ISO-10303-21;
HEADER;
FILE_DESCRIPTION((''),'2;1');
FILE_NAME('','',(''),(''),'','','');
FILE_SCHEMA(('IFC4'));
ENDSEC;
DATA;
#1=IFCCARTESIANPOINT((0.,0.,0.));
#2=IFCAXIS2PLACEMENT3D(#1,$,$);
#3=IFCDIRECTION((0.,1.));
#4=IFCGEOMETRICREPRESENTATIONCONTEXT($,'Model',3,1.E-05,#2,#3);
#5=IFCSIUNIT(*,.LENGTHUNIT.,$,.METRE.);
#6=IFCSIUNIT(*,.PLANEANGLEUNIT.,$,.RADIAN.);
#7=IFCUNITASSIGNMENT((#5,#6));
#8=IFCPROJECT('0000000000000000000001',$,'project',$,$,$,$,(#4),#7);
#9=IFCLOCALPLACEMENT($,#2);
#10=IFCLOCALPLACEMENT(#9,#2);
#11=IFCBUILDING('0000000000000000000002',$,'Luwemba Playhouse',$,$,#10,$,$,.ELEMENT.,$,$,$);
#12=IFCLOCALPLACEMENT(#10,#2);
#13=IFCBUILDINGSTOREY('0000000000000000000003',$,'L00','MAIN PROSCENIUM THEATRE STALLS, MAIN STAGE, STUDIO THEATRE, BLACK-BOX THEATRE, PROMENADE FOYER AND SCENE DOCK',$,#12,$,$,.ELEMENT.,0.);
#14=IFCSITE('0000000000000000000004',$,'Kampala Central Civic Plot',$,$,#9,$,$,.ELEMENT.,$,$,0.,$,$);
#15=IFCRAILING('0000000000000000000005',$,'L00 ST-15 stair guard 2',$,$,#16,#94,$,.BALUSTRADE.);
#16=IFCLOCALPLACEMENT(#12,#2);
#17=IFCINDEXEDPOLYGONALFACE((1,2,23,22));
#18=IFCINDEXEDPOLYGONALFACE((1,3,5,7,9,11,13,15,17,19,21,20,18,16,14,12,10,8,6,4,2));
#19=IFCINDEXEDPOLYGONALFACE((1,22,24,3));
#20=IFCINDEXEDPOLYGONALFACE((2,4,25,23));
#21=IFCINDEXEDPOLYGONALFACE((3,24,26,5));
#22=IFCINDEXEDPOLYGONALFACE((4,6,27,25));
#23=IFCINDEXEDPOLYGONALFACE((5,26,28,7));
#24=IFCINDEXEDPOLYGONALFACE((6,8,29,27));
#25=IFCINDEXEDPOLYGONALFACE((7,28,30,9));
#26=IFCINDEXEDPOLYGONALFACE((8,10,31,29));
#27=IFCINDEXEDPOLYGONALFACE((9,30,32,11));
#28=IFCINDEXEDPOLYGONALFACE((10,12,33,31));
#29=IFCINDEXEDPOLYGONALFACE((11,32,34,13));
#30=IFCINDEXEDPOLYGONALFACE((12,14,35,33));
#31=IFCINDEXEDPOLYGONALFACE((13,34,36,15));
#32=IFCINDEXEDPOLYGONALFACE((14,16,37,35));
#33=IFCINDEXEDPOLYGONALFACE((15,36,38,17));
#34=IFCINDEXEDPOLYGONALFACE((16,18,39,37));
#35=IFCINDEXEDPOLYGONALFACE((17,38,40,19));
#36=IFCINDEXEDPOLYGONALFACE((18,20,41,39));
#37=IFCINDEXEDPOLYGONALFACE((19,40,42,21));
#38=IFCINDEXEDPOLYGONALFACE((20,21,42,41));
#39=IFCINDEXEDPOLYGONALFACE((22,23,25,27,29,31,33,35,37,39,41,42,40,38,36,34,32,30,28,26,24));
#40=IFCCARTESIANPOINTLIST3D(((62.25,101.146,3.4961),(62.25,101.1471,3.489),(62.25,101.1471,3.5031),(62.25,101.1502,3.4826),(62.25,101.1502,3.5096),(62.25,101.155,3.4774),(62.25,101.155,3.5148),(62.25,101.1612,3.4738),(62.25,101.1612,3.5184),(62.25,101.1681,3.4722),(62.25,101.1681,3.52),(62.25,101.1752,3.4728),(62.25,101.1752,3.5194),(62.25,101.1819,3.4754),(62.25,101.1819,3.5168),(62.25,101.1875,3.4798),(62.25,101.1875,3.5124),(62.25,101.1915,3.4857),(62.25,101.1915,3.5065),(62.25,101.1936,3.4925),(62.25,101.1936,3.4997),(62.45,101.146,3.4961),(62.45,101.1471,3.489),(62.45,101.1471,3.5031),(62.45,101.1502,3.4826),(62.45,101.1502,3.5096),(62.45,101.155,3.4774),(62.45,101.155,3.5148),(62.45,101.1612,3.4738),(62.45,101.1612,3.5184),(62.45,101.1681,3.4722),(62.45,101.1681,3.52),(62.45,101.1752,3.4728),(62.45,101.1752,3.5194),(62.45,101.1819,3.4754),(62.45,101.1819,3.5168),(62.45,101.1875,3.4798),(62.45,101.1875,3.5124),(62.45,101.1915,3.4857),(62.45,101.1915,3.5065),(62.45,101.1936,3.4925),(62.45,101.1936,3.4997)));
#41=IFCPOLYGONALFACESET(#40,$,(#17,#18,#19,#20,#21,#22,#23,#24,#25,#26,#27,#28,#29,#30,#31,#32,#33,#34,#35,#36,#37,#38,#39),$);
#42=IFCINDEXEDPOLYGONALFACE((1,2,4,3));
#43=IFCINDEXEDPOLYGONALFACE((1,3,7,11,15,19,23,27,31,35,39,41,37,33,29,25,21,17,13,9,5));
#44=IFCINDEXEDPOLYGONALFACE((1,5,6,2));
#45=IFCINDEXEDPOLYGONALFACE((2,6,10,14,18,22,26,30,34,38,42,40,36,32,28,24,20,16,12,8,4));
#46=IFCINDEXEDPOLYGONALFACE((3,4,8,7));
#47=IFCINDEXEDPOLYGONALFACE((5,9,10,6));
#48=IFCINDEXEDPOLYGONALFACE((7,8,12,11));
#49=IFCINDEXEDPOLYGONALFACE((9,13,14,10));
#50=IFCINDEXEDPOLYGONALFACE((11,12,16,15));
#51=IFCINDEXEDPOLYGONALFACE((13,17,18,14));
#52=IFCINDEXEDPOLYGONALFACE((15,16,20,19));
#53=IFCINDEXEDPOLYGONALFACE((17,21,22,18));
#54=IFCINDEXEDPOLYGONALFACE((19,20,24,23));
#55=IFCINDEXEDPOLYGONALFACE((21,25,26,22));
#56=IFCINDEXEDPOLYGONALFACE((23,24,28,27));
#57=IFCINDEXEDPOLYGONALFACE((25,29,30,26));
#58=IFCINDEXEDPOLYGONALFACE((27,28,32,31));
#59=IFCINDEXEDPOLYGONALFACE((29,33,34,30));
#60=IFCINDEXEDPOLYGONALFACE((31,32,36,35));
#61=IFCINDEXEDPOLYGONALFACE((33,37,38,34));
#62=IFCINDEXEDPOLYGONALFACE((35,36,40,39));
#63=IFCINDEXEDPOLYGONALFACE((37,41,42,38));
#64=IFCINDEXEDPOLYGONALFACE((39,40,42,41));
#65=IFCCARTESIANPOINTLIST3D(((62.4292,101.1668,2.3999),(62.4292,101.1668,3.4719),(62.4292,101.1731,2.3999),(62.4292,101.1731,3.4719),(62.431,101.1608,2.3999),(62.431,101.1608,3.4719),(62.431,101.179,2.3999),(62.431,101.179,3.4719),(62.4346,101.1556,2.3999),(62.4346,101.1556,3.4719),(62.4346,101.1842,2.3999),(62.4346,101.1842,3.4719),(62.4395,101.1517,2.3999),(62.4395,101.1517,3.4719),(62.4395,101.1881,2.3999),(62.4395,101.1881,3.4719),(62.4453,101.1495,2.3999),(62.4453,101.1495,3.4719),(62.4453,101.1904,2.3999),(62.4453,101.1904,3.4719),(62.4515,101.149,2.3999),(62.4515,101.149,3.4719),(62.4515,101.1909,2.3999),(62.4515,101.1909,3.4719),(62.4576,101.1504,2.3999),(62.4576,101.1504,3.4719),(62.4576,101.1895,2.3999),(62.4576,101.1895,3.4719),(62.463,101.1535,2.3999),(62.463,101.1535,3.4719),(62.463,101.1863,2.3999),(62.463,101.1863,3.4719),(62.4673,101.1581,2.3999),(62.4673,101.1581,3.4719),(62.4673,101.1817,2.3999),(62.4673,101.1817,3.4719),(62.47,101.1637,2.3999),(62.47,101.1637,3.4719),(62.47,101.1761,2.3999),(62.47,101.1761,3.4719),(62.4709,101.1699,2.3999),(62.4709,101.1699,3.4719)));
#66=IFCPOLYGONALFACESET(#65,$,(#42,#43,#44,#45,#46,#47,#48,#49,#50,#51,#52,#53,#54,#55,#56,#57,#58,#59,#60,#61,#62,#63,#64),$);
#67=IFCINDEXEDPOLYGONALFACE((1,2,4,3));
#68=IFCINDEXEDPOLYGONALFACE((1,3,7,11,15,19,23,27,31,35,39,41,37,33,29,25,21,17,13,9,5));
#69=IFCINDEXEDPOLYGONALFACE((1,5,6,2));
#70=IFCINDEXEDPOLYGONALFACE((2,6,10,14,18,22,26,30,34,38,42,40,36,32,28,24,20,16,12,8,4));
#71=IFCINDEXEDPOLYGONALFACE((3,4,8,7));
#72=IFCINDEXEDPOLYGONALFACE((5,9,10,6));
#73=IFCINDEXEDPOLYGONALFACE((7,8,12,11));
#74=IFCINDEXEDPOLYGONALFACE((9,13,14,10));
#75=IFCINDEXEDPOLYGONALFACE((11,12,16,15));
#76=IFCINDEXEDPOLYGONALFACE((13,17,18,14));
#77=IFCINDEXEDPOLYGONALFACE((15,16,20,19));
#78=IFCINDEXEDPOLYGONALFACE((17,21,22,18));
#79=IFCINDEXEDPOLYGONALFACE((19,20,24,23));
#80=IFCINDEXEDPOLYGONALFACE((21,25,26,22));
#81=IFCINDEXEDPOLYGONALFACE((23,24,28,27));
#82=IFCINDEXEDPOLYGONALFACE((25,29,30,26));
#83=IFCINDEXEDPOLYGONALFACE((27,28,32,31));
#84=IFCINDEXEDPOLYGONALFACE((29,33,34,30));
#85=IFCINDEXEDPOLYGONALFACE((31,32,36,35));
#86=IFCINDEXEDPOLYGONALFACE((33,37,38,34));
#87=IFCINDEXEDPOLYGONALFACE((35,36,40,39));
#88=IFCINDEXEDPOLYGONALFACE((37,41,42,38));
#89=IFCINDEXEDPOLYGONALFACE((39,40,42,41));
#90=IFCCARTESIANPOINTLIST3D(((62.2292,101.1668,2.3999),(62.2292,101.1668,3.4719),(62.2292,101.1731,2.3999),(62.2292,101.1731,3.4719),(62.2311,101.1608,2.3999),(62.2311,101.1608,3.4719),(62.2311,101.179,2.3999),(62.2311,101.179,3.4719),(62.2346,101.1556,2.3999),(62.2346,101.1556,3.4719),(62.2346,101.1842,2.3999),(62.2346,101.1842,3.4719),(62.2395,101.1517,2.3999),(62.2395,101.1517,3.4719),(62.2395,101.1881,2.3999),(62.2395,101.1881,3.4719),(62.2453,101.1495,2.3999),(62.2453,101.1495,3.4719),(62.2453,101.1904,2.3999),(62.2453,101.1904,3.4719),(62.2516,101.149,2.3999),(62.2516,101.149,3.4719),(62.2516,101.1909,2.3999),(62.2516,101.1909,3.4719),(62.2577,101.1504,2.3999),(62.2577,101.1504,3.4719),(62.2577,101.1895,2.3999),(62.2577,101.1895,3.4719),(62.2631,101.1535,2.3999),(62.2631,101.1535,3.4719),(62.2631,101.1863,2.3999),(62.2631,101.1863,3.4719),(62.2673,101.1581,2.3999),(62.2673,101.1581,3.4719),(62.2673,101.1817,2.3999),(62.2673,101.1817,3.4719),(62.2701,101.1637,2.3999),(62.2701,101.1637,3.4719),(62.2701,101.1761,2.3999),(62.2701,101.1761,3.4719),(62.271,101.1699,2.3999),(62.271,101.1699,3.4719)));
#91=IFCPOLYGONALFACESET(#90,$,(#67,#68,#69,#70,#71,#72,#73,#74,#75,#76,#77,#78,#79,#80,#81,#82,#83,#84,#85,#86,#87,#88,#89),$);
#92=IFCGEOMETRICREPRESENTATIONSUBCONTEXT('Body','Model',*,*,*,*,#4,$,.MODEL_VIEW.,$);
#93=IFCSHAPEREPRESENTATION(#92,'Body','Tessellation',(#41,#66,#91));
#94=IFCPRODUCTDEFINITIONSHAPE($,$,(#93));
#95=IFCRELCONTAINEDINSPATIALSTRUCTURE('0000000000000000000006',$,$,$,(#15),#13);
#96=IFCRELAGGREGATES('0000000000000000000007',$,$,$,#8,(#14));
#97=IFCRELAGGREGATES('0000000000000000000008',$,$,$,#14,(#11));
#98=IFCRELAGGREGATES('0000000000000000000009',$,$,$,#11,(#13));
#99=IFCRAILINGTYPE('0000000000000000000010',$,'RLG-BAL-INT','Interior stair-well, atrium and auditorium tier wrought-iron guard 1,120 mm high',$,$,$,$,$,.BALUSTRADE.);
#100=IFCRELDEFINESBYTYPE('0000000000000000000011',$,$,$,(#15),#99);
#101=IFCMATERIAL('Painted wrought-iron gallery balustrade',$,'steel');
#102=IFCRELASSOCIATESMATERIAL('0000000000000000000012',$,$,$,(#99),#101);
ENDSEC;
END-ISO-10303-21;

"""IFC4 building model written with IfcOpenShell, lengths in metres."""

from ifc_helpers import new_model, si_unit, direction, frame, origin, origin_2d, place, context, subcontext, project, spatial, circle, extrude, material, type_object, element, save


model = new_model("IFC4")

# Units and contexts
model_context = context("Model", 3, precision=1e-05, world=origin(), true_north=direction((0.0, 1.0)))
body_context = subcontext(model_context, "Body", "Model", "MODEL_VIEW")
ifc_project = project(units=[si_unit("LENGTHUNIT", "METRE"), si_unit("PLANEANGLEUNIT", "RADIAN")], contexts=[model_context])

# Site, building, storey
site_placement = place(None, origin())
site = spatial("IfcSite", under=ifc_project, at=site_placement, Name="Kampala Central Civic Plot", CompositionType="ELEMENT", RefElevation=0.0)
building_placement = place(site_placement, origin())
building = spatial("IfcBuilding", under=site, at=building_placement, Name="Luwemba Playhouse", CompositionType="ELEMENT")
storey_placement = place(building_placement, origin())
storey = spatial("IfcBuildingStorey", under=building, at=storey_placement, Name="L00", Description="MAIN PROSCENIUM THEATRE STALLS, MAIN STAGE, STUDIO THEATRE, BLACK-BOX THEATRE, PROMENADE FOYER AND SCENE DOCK", CompositionType="ELEMENT", Elevation=0.0)

# Railing
ifc_material_1 = material(Name="Painted wrought-iron gallery balustrade", Category="steel")
railing_type_1 = type_object("IfcRailingType", Name="RLG-BAL-INT", Description="Interior stair-well, atrium and auditorium tier wrought-iron guard 1,120 mm high", PredefinedType="BALUSTRADE", material=ifc_material_1)
railing_1_placement = place(storey_placement, frame((62.45, 101.1699, 2.3999)))
element("IfcRailing", 1, at=railing_1_placement, inside=storey, type_object=railing_type_1, Name="L00 ST-15 stair guard 2", PredefinedType="BALUSTRADE", context=body_context, shape_type="SweptSolid", body=[
    extrude(circle(Radius=0.0239, at=origin_2d()), frame((0.0, 0.0, 1.0962), z_axis=(-1.0, 0.0, 0.0), x_axis=(0.0, -1.0, 0.0)), (0.0, 0.0, 1.0), 0.2),
    extrude(circle(Radius=0.021, at=origin_2d()), origin(), (0.0, 0.0, 1.0), 1.072),
    extrude(circle(Radius=0.021, at=origin_2d()), frame((-0.2, 0.0, 0.0)), (0.0, 0.0, 1.0), 1.072),
])

save(model, "model.ifc")
